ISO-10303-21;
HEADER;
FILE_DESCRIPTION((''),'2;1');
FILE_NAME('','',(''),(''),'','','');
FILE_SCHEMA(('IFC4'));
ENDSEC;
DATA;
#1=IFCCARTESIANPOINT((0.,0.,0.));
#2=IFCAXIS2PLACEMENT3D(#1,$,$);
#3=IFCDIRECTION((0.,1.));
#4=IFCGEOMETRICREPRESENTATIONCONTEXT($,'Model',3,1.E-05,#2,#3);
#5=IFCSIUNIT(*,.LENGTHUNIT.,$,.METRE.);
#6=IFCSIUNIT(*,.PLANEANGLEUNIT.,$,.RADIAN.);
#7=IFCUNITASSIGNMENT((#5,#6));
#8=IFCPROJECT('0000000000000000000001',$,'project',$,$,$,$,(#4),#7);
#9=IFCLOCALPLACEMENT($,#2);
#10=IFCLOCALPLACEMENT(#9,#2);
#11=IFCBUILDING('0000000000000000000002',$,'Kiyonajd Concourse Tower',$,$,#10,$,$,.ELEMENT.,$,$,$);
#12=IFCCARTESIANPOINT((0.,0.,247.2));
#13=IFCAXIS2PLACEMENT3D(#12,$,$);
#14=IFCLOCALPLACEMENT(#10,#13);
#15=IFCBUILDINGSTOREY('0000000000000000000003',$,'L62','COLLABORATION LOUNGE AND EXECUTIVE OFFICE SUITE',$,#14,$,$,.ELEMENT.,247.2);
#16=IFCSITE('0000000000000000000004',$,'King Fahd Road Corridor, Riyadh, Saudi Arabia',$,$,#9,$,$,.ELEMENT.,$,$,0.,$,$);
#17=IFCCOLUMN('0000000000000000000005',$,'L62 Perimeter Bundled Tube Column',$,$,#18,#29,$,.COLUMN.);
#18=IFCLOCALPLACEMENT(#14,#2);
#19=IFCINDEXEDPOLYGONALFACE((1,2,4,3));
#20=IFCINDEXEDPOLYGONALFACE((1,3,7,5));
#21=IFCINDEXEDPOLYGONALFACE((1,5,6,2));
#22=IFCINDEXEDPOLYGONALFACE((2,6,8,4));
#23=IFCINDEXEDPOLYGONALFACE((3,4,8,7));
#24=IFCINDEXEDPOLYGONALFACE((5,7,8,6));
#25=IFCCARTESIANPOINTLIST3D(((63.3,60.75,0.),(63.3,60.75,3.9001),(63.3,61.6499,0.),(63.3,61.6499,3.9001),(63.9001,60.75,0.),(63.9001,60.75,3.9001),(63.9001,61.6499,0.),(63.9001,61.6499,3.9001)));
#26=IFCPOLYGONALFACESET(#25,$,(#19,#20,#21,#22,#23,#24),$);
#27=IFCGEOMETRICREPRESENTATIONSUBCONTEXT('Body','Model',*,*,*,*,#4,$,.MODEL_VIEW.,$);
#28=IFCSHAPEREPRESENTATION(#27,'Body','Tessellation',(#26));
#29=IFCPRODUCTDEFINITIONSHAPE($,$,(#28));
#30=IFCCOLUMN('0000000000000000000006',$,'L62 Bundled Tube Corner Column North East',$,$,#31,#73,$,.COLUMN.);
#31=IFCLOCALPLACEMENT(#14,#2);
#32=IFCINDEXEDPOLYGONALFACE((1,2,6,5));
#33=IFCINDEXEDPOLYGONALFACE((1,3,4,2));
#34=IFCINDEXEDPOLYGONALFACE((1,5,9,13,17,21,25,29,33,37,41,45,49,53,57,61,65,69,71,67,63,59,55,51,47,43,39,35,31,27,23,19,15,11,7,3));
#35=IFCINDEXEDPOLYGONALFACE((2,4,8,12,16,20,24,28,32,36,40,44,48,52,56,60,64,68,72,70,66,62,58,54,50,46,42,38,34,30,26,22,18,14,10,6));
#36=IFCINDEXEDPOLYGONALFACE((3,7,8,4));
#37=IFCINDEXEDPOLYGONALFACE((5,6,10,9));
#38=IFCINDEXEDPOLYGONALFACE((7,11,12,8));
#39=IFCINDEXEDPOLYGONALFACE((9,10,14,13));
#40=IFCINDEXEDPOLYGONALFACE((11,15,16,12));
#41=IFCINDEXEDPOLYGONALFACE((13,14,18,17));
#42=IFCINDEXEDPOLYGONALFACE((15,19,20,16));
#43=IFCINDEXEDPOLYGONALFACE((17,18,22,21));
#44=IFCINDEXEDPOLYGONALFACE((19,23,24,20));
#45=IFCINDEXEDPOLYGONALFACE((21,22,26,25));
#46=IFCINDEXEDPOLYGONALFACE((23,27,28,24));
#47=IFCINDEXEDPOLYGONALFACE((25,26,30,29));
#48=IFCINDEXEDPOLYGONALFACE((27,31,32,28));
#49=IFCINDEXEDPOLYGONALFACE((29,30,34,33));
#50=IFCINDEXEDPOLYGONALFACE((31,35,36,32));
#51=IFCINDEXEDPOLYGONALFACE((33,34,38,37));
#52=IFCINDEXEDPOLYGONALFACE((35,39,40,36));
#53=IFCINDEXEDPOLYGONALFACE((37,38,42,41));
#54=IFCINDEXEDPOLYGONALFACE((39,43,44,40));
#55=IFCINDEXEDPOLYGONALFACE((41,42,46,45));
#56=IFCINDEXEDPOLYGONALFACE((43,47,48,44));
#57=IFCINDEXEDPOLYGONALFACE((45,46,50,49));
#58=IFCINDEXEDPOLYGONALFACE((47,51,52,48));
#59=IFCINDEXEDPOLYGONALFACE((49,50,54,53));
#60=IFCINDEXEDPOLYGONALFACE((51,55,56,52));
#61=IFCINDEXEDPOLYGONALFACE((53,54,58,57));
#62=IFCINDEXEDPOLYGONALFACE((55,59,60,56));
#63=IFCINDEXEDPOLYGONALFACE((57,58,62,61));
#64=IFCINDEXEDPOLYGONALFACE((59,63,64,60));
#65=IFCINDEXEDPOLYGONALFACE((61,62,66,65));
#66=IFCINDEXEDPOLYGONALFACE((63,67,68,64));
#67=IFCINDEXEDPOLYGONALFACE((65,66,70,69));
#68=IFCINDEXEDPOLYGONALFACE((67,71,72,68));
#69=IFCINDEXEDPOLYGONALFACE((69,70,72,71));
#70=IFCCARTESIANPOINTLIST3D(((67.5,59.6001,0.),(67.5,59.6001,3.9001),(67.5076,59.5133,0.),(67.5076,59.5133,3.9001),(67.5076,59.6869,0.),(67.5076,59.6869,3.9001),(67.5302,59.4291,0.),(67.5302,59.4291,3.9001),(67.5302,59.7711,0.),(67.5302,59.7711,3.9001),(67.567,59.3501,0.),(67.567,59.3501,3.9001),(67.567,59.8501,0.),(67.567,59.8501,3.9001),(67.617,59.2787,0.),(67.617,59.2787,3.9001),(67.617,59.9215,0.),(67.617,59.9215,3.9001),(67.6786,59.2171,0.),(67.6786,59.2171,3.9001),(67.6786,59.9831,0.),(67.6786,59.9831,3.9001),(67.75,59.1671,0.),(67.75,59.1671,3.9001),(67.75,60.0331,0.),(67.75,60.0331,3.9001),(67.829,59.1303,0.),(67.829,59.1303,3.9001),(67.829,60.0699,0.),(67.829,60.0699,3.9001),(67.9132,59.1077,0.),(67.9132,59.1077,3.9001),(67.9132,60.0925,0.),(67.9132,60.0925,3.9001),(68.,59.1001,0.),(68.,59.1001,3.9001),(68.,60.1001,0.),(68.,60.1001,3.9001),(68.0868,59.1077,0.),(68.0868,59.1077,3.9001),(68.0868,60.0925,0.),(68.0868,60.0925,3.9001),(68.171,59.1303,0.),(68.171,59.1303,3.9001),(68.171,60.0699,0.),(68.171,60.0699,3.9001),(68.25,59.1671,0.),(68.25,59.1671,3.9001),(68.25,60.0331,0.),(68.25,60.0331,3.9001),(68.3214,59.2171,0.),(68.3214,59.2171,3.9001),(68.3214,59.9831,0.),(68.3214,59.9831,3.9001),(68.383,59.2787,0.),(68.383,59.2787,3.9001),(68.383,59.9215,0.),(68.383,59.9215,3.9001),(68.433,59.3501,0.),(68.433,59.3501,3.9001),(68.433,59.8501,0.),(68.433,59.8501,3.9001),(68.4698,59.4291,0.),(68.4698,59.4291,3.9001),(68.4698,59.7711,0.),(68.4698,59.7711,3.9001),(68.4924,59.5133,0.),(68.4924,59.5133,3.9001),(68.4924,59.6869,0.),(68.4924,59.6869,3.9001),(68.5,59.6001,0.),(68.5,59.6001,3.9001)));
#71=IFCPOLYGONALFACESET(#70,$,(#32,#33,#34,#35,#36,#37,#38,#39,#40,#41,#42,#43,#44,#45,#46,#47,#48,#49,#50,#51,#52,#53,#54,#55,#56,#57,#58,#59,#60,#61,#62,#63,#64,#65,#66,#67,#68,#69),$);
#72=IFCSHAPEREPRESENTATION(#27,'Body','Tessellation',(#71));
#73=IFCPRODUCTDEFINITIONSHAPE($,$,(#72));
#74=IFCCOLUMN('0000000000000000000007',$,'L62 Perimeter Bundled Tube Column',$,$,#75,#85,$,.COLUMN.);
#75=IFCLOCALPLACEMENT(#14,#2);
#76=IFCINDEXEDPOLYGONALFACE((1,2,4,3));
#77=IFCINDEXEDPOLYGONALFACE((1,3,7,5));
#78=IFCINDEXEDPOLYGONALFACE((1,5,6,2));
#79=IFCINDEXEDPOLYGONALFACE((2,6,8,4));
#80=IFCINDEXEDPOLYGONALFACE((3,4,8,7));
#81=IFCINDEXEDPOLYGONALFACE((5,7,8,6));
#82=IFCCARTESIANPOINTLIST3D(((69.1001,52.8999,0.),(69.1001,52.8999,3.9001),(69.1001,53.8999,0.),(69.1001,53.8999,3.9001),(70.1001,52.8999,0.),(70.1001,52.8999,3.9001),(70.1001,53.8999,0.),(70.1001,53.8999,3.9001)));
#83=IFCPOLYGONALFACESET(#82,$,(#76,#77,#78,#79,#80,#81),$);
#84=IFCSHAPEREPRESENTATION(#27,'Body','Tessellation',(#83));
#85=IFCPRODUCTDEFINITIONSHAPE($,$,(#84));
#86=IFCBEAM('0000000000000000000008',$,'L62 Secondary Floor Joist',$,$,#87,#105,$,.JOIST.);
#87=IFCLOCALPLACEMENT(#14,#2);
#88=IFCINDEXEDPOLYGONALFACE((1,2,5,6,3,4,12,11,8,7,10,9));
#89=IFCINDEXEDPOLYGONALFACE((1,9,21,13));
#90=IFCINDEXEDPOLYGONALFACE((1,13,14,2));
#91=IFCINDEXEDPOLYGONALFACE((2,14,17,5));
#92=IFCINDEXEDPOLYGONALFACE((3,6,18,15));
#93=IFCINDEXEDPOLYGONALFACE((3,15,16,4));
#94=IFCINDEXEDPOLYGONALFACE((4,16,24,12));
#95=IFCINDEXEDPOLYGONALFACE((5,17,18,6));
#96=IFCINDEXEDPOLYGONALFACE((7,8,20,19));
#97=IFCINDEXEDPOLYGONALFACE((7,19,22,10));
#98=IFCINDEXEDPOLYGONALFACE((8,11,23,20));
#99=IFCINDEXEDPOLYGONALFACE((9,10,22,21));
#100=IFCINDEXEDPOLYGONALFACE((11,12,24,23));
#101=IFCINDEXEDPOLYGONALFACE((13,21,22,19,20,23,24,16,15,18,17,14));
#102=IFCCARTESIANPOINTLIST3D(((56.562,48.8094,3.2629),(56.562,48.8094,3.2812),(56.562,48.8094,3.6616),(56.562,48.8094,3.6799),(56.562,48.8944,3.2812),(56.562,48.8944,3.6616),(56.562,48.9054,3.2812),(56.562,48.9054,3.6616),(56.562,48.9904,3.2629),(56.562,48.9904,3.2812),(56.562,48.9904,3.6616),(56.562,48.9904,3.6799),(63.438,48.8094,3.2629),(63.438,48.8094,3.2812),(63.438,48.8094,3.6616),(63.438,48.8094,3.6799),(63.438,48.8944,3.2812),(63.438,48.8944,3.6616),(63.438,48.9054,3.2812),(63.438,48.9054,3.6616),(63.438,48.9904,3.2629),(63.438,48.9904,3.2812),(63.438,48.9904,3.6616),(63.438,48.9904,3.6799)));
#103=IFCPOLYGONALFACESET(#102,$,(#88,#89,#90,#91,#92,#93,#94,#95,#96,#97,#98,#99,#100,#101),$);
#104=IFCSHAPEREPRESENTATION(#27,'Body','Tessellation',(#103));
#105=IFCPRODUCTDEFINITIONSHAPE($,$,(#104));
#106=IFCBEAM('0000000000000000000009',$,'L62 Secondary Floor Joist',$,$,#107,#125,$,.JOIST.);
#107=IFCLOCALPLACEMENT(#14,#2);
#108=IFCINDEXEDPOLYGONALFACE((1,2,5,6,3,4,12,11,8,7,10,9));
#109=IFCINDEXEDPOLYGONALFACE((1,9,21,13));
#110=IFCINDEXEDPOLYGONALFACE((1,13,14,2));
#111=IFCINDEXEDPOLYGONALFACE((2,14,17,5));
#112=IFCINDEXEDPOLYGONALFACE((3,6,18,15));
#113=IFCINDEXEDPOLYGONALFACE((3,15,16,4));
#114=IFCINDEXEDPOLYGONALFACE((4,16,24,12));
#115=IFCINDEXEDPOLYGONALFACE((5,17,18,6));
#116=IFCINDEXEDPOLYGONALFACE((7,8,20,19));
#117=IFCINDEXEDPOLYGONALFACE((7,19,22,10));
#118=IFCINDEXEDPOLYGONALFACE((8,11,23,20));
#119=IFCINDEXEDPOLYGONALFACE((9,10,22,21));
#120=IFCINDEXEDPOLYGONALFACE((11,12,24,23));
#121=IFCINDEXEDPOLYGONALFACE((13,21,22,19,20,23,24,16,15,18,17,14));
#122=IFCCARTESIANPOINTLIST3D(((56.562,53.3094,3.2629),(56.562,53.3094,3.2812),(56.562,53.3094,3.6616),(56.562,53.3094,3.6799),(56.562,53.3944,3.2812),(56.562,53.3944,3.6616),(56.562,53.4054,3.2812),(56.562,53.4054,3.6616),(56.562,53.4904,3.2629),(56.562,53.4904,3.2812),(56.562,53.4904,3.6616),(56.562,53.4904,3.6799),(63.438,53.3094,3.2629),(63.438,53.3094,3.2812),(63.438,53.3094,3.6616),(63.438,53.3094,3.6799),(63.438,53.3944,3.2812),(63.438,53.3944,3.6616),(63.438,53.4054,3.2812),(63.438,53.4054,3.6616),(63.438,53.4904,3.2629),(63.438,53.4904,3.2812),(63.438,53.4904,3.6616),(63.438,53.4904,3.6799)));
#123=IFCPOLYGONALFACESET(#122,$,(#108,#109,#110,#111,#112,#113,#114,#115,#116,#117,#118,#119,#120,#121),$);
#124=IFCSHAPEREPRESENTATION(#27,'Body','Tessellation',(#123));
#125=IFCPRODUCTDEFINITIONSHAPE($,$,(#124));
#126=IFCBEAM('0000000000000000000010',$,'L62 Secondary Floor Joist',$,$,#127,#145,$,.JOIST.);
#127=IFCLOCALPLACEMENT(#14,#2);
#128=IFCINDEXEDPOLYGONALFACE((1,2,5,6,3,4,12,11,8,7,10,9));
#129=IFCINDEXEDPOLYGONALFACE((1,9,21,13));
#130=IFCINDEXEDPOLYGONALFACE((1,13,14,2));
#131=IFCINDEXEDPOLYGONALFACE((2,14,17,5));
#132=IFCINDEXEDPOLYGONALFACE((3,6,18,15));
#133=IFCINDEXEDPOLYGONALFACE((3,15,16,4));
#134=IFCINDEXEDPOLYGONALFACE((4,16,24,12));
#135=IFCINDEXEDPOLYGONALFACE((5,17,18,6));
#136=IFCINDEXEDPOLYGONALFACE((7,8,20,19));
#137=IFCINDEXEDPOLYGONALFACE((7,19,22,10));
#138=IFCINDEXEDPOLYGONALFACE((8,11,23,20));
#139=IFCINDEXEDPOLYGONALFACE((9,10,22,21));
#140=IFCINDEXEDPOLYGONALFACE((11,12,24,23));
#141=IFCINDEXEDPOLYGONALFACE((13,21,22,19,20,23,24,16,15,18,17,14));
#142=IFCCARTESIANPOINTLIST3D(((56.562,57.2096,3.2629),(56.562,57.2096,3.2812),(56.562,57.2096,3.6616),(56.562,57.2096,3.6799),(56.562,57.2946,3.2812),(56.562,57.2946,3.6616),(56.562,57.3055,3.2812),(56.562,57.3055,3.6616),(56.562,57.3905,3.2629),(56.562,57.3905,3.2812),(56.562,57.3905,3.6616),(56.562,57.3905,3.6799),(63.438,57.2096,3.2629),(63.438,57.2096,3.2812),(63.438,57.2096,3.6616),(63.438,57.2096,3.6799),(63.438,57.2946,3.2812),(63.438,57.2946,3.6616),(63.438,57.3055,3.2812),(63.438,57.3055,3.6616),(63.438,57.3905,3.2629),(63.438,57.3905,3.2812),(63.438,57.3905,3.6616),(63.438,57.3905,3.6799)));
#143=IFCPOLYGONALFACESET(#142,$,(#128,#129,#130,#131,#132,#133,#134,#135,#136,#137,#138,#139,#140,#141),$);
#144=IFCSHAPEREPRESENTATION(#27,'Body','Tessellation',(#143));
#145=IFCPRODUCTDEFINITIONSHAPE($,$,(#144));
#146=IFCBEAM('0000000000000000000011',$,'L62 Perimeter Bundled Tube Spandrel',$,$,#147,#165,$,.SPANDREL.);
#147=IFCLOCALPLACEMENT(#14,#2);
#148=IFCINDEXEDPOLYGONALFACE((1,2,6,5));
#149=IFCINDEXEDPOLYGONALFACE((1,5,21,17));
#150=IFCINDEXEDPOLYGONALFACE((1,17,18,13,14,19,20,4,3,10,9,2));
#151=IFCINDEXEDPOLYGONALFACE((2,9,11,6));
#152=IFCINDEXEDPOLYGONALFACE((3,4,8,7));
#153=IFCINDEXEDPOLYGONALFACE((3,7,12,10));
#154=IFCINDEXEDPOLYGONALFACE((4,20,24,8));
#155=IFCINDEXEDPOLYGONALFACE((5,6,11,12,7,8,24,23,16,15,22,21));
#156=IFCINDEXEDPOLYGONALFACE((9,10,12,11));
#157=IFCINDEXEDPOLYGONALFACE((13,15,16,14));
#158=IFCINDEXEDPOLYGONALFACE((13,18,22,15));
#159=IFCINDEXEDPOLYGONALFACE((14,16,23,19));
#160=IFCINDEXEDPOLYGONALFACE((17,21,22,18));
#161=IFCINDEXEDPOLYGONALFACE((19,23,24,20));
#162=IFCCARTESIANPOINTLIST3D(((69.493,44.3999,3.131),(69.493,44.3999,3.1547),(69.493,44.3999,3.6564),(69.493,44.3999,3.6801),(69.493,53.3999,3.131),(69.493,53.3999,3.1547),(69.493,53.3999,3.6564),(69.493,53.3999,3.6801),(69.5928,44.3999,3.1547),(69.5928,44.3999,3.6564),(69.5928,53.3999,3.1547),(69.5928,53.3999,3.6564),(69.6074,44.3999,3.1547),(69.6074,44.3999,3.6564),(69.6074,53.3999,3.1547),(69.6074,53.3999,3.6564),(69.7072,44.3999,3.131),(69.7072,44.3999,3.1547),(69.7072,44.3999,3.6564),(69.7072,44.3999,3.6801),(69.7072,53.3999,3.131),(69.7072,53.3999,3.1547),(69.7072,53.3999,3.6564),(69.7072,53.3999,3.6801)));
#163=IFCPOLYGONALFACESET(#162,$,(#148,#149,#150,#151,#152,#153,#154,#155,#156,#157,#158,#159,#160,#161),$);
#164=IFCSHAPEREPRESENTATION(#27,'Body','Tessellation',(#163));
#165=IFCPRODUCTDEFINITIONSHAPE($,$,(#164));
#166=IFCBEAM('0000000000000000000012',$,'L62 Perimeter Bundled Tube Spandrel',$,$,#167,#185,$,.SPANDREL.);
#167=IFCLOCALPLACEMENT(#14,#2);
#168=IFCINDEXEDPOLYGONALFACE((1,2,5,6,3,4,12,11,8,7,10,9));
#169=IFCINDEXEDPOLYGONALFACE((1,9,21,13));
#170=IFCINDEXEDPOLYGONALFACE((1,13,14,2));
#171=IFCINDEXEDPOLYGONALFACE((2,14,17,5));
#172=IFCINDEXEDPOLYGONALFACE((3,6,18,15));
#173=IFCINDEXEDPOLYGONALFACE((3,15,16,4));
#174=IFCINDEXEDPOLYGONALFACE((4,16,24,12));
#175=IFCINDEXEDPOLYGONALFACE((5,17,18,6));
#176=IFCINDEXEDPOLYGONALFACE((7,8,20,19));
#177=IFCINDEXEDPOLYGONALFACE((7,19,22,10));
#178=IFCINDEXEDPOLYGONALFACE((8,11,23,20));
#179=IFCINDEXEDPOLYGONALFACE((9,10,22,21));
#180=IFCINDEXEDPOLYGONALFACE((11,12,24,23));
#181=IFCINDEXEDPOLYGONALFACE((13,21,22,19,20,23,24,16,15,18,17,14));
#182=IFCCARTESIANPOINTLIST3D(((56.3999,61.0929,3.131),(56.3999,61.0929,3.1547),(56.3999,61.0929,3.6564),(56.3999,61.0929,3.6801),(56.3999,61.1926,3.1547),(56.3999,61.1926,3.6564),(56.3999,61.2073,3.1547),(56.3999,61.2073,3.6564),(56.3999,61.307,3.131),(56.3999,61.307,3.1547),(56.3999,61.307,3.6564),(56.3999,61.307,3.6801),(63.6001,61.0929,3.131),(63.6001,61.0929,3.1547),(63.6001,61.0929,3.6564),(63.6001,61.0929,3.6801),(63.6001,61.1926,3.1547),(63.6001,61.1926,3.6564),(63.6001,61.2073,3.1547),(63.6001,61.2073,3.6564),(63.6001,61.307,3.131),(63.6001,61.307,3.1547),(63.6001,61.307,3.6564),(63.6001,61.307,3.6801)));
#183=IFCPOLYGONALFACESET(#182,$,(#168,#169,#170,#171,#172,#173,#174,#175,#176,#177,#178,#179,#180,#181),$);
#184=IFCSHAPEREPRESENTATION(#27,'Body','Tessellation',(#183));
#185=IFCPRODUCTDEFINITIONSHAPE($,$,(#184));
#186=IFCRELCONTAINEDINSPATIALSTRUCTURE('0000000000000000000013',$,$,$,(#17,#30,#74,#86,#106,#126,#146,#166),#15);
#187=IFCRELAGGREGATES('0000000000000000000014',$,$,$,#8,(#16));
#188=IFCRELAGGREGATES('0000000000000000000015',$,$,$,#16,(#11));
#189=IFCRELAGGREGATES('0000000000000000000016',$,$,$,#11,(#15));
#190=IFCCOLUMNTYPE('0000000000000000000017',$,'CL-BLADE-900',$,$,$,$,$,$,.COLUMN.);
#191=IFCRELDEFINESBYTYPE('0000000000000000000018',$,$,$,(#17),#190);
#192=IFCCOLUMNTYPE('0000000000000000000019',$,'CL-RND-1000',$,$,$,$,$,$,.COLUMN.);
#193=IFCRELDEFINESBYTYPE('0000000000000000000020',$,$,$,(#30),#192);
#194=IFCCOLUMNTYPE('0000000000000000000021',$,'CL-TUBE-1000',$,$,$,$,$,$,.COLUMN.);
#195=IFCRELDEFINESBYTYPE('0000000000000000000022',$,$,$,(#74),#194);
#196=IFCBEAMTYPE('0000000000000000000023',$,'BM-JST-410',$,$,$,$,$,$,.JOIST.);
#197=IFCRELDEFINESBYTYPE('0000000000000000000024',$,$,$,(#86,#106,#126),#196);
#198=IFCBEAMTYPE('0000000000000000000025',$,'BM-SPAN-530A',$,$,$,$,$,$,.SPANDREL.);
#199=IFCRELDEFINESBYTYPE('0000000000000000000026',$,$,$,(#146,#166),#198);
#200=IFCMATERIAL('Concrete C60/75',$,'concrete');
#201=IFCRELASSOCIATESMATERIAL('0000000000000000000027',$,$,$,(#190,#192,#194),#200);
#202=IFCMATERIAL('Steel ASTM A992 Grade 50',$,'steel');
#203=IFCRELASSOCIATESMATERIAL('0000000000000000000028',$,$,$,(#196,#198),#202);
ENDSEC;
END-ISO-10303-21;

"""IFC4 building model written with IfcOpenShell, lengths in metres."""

from ifc_helpers import new_model, si_unit, direction, frame, origin, origin_2d, place, context, subcontext, project, spatial, rectangle, circle, i_section, extrude, material, material_profile, profile_set, type_object, element, save


model = new_model("IFC4")

# Units and contexts
model_context = context("Model", 3, precision=1e-05, world=origin(), true_north=direction((0.0, 1.0)))
body_context = subcontext(model_context, "Body", "Model", "MODEL_VIEW")
ifc_project = project(units=[si_unit("LENGTHUNIT", "METRE"), si_unit("PLANEANGLEUNIT", "RADIAN")], contexts=[model_context])

# Site, building, storey
site_placement = place(None, origin())
site = spatial("IfcSite", under=ifc_project, at=site_placement, Name="King Fahd Road Corridor, Riyadh, Saudi Arabia", CompositionType="ELEMENT", RefElevation=0.0)
building_placement = place(site_placement, origin())
building = spatial("IfcBuilding", under=site, at=building_placement, Name="Kiyonajd Concourse Tower", CompositionType="ELEMENT")
storey_placement = place(building_placement, frame((0.0, 0.0, 247.2)))
storey = spatial("IfcBuildingStorey", under=building, at=storey_placement, Name="L62", Description="COLLABORATION LOUNGE AND EXECUTIVE OFFICE SUITE", CompositionType="ELEMENT", Elevation=247.2)

# Columns
ifc_material_1 = material(Name="Concrete C60/75", Category="concrete")
ifc_material_profile_1 = material_profile(ifc_material_1, rectangle(XDim=0.6001, YDim=0.8999, at=origin_2d()), Name="RC-900x600")
ifc_profile_set_1 = profile_set([ifc_material_profile_1], Name="Concrete C60/75")
column_type_1 = type_object("IfcColumnType", Name="CL-BLADE-900", PredefinedType="COLUMN", material=ifc_profile_set_1)
column_1_placement = place(storey_placement, frame((63.6001, 61.2, 0.0), z_axis=(0.0, 0.0, 1.0), x_axis=(1.0, 0.0, 0.0)))
element("IfcColumn", 1, at=column_1_placement, inside=storey, type_object=column_type_1, Name="L62 Perimeter Bundled Tube Column", PredefinedType="COLUMN", context=body_context, shape_type="SweptSolid", body=[
    extrude(rectangle(XDim=0.6001, YDim=0.8999, at=origin_2d()), origin(), (0.0, 0.0, 1.0), 3.9001),
])
ifc_material_profile_2 = material_profile(ifc_material_1, circle(Radius=0.5, at=origin_2d()), Name="RCC-D1000")
ifc_profile_set_2 = profile_set([ifc_material_profile_2], Name="Concrete C60/75")
column_type_2 = type_object("IfcColumnType", Name="CL-RND-1000", PredefinedType="COLUMN", material=ifc_profile_set_2)
column_2_placement = place(storey_placement, frame((68.0, 59.6001, 0.0), z_axis=(0.0, 0.0, 1.0), x_axis=(1.0, 0.0, 0.0)))
element("IfcColumn", 2, at=column_2_placement, inside=storey, type_object=column_type_2, Name="L62 Bundled Tube Corner Column North East", PredefinedType="COLUMN", context=body_context, shape_type="SweptSolid", body=[
    extrude(circle(Radius=0.5, at=origin_2d()), origin(), (0.0, 0.0, 1.0), 3.9001),
])
ifc_material_profile_3 = material_profile(ifc_material_1, rectangle(XDim=1.0, YDim=1.0, at=origin_2d()), Name="RC-1000x1000")
ifc_profile_set_3 = profile_set([ifc_material_profile_3], Name="Concrete C60/75")
column_type_3 = type_object("IfcColumnType", Name="CL-TUBE-1000", PredefinedType="COLUMN", material=ifc_profile_set_3)
column_3_placement = place(storey_placement, frame((69.6001, 53.3999, 0.0), z_axis=(0.0, 0.0, 1.0), x_axis=(1.0, 0.0, 0.0)))
element("IfcColumn", 3, at=column_3_placement, inside=storey, type_object=column_type_3, Name="L62 Perimeter Bundled Tube Column", PredefinedType="COLUMN", context=body_context, shape_type="SweptSolid", body=[
    extrude(rectangle(XDim=1.0, YDim=1.0, at=origin_2d()), origin(), (0.0, 0.0, 1.0), 3.9001),
])

# Beams
ifc_material_2 = material(Name="Steel ASTM A992 Grade 50", Category="steel")
ifc_material_profile_4 = material_profile(ifc_material_2, i_section(OverallWidth=0.1809, OverallDepth=0.417, WebThickness=0.011, FlangeThickness=0.0183, at=origin_2d()), Name="W410X85")
ifc_profile_set_4 = profile_set([ifc_material_profile_4], Name="Steel ASTM A992 Grade 50")
beam_type_1 = type_object("IfcBeamType", Name="BM-JST-410", PredefinedType="JOIST", material=ifc_profile_set_4)
for number, where, z_axis, x_axis, name in (
    (4, (56.562, 48.8999, 3.4714), (1.0, 0.0, 0.0), (0.0, 1.0, 0.0), "L62 Secondary Floor Joist"),
    (5, (56.562, 53.3999, 3.4714), (1.0, 0.0, 0.0), (0.0, 1.0, 0.0), "L62 Secondary Floor Joist"),
    (6, (56.562, 57.3, 3.4714), (1.0, 0.0, 0.0), (0.0, 1.0, 0.0), "L62 Secondary Floor Joist"),
):
    element("IfcBeam", number, at=place(storey_placement, frame(where, z_axis=z_axis, x_axis=x_axis)), inside=storey, type_object=beam_type_1, Name=name, PredefinedType="JOIST", context=body_context, shape_type="SweptSolid", body=[
        extrude(i_section(OverallWidth=0.1809, OverallDepth=0.417, WebThickness=0.011, FlangeThickness=0.0183, at=origin_2d()), origin(), (0.0, 0.0, 1.0), 6.876),
    ])
ifc_material_profile_5 = material_profile(ifc_material_2, i_section(OverallWidth=0.2141, OverallDepth=0.5491, WebThickness=0.0146, FlangeThickness=0.0237, at=origin_2d()), Name="W530X138")
ifc_profile_set_5 = profile_set([ifc_material_profile_5], Name="Steel ASTM A992 Grade 50")
beam_type_2 = type_object("IfcBeamType", Name="BM-SPAN-530A", PredefinedType="SPANDREL", material=ifc_profile_set_5)
beam_1_placement = place(storey_placement, frame((69.6001, 44.3999, 3.4055), z_axis=(0.0, 1.0, 0.0), x_axis=(-1.0, 0.0, 0.0)))
element("IfcBeam", 7, at=beam_1_placement, inside=storey, type_object=beam_type_2, Name="L62 Perimeter Bundled Tube Spandrel", PredefinedType="SPANDREL", context=body_context, shape_type="SweptSolid", body=[
    extrude(i_section(OverallWidth=0.2141, OverallDepth=0.5491, WebThickness=0.0146, FlangeThickness=0.0237, at=origin_2d()), origin(), (0.0, 0.0, 1.0), 9.0),
])
beam_2_placement = place(storey_placement, frame((63.6001, 61.2, 3.4055), z_axis=(-1.0, 0.0, 0.0), x_axis=(0.0, -1.0, 0.0)))
element("IfcBeam", 8, at=beam_2_placement, inside=storey, type_object=beam_type_2, Name="L62 Perimeter Bundled Tube Spandrel", PredefinedType="SPANDREL", context=body_context, shape_type="SweptSolid", body=[
    extrude(i_section(OverallWidth=0.2141, OverallDepth=0.5491, WebThickness=0.0146, FlangeThickness=0.0237, at=origin_2d()), origin(), (0.0, 0.0, 1.0), 7.2002),
])

save(model, "model.ifc")
